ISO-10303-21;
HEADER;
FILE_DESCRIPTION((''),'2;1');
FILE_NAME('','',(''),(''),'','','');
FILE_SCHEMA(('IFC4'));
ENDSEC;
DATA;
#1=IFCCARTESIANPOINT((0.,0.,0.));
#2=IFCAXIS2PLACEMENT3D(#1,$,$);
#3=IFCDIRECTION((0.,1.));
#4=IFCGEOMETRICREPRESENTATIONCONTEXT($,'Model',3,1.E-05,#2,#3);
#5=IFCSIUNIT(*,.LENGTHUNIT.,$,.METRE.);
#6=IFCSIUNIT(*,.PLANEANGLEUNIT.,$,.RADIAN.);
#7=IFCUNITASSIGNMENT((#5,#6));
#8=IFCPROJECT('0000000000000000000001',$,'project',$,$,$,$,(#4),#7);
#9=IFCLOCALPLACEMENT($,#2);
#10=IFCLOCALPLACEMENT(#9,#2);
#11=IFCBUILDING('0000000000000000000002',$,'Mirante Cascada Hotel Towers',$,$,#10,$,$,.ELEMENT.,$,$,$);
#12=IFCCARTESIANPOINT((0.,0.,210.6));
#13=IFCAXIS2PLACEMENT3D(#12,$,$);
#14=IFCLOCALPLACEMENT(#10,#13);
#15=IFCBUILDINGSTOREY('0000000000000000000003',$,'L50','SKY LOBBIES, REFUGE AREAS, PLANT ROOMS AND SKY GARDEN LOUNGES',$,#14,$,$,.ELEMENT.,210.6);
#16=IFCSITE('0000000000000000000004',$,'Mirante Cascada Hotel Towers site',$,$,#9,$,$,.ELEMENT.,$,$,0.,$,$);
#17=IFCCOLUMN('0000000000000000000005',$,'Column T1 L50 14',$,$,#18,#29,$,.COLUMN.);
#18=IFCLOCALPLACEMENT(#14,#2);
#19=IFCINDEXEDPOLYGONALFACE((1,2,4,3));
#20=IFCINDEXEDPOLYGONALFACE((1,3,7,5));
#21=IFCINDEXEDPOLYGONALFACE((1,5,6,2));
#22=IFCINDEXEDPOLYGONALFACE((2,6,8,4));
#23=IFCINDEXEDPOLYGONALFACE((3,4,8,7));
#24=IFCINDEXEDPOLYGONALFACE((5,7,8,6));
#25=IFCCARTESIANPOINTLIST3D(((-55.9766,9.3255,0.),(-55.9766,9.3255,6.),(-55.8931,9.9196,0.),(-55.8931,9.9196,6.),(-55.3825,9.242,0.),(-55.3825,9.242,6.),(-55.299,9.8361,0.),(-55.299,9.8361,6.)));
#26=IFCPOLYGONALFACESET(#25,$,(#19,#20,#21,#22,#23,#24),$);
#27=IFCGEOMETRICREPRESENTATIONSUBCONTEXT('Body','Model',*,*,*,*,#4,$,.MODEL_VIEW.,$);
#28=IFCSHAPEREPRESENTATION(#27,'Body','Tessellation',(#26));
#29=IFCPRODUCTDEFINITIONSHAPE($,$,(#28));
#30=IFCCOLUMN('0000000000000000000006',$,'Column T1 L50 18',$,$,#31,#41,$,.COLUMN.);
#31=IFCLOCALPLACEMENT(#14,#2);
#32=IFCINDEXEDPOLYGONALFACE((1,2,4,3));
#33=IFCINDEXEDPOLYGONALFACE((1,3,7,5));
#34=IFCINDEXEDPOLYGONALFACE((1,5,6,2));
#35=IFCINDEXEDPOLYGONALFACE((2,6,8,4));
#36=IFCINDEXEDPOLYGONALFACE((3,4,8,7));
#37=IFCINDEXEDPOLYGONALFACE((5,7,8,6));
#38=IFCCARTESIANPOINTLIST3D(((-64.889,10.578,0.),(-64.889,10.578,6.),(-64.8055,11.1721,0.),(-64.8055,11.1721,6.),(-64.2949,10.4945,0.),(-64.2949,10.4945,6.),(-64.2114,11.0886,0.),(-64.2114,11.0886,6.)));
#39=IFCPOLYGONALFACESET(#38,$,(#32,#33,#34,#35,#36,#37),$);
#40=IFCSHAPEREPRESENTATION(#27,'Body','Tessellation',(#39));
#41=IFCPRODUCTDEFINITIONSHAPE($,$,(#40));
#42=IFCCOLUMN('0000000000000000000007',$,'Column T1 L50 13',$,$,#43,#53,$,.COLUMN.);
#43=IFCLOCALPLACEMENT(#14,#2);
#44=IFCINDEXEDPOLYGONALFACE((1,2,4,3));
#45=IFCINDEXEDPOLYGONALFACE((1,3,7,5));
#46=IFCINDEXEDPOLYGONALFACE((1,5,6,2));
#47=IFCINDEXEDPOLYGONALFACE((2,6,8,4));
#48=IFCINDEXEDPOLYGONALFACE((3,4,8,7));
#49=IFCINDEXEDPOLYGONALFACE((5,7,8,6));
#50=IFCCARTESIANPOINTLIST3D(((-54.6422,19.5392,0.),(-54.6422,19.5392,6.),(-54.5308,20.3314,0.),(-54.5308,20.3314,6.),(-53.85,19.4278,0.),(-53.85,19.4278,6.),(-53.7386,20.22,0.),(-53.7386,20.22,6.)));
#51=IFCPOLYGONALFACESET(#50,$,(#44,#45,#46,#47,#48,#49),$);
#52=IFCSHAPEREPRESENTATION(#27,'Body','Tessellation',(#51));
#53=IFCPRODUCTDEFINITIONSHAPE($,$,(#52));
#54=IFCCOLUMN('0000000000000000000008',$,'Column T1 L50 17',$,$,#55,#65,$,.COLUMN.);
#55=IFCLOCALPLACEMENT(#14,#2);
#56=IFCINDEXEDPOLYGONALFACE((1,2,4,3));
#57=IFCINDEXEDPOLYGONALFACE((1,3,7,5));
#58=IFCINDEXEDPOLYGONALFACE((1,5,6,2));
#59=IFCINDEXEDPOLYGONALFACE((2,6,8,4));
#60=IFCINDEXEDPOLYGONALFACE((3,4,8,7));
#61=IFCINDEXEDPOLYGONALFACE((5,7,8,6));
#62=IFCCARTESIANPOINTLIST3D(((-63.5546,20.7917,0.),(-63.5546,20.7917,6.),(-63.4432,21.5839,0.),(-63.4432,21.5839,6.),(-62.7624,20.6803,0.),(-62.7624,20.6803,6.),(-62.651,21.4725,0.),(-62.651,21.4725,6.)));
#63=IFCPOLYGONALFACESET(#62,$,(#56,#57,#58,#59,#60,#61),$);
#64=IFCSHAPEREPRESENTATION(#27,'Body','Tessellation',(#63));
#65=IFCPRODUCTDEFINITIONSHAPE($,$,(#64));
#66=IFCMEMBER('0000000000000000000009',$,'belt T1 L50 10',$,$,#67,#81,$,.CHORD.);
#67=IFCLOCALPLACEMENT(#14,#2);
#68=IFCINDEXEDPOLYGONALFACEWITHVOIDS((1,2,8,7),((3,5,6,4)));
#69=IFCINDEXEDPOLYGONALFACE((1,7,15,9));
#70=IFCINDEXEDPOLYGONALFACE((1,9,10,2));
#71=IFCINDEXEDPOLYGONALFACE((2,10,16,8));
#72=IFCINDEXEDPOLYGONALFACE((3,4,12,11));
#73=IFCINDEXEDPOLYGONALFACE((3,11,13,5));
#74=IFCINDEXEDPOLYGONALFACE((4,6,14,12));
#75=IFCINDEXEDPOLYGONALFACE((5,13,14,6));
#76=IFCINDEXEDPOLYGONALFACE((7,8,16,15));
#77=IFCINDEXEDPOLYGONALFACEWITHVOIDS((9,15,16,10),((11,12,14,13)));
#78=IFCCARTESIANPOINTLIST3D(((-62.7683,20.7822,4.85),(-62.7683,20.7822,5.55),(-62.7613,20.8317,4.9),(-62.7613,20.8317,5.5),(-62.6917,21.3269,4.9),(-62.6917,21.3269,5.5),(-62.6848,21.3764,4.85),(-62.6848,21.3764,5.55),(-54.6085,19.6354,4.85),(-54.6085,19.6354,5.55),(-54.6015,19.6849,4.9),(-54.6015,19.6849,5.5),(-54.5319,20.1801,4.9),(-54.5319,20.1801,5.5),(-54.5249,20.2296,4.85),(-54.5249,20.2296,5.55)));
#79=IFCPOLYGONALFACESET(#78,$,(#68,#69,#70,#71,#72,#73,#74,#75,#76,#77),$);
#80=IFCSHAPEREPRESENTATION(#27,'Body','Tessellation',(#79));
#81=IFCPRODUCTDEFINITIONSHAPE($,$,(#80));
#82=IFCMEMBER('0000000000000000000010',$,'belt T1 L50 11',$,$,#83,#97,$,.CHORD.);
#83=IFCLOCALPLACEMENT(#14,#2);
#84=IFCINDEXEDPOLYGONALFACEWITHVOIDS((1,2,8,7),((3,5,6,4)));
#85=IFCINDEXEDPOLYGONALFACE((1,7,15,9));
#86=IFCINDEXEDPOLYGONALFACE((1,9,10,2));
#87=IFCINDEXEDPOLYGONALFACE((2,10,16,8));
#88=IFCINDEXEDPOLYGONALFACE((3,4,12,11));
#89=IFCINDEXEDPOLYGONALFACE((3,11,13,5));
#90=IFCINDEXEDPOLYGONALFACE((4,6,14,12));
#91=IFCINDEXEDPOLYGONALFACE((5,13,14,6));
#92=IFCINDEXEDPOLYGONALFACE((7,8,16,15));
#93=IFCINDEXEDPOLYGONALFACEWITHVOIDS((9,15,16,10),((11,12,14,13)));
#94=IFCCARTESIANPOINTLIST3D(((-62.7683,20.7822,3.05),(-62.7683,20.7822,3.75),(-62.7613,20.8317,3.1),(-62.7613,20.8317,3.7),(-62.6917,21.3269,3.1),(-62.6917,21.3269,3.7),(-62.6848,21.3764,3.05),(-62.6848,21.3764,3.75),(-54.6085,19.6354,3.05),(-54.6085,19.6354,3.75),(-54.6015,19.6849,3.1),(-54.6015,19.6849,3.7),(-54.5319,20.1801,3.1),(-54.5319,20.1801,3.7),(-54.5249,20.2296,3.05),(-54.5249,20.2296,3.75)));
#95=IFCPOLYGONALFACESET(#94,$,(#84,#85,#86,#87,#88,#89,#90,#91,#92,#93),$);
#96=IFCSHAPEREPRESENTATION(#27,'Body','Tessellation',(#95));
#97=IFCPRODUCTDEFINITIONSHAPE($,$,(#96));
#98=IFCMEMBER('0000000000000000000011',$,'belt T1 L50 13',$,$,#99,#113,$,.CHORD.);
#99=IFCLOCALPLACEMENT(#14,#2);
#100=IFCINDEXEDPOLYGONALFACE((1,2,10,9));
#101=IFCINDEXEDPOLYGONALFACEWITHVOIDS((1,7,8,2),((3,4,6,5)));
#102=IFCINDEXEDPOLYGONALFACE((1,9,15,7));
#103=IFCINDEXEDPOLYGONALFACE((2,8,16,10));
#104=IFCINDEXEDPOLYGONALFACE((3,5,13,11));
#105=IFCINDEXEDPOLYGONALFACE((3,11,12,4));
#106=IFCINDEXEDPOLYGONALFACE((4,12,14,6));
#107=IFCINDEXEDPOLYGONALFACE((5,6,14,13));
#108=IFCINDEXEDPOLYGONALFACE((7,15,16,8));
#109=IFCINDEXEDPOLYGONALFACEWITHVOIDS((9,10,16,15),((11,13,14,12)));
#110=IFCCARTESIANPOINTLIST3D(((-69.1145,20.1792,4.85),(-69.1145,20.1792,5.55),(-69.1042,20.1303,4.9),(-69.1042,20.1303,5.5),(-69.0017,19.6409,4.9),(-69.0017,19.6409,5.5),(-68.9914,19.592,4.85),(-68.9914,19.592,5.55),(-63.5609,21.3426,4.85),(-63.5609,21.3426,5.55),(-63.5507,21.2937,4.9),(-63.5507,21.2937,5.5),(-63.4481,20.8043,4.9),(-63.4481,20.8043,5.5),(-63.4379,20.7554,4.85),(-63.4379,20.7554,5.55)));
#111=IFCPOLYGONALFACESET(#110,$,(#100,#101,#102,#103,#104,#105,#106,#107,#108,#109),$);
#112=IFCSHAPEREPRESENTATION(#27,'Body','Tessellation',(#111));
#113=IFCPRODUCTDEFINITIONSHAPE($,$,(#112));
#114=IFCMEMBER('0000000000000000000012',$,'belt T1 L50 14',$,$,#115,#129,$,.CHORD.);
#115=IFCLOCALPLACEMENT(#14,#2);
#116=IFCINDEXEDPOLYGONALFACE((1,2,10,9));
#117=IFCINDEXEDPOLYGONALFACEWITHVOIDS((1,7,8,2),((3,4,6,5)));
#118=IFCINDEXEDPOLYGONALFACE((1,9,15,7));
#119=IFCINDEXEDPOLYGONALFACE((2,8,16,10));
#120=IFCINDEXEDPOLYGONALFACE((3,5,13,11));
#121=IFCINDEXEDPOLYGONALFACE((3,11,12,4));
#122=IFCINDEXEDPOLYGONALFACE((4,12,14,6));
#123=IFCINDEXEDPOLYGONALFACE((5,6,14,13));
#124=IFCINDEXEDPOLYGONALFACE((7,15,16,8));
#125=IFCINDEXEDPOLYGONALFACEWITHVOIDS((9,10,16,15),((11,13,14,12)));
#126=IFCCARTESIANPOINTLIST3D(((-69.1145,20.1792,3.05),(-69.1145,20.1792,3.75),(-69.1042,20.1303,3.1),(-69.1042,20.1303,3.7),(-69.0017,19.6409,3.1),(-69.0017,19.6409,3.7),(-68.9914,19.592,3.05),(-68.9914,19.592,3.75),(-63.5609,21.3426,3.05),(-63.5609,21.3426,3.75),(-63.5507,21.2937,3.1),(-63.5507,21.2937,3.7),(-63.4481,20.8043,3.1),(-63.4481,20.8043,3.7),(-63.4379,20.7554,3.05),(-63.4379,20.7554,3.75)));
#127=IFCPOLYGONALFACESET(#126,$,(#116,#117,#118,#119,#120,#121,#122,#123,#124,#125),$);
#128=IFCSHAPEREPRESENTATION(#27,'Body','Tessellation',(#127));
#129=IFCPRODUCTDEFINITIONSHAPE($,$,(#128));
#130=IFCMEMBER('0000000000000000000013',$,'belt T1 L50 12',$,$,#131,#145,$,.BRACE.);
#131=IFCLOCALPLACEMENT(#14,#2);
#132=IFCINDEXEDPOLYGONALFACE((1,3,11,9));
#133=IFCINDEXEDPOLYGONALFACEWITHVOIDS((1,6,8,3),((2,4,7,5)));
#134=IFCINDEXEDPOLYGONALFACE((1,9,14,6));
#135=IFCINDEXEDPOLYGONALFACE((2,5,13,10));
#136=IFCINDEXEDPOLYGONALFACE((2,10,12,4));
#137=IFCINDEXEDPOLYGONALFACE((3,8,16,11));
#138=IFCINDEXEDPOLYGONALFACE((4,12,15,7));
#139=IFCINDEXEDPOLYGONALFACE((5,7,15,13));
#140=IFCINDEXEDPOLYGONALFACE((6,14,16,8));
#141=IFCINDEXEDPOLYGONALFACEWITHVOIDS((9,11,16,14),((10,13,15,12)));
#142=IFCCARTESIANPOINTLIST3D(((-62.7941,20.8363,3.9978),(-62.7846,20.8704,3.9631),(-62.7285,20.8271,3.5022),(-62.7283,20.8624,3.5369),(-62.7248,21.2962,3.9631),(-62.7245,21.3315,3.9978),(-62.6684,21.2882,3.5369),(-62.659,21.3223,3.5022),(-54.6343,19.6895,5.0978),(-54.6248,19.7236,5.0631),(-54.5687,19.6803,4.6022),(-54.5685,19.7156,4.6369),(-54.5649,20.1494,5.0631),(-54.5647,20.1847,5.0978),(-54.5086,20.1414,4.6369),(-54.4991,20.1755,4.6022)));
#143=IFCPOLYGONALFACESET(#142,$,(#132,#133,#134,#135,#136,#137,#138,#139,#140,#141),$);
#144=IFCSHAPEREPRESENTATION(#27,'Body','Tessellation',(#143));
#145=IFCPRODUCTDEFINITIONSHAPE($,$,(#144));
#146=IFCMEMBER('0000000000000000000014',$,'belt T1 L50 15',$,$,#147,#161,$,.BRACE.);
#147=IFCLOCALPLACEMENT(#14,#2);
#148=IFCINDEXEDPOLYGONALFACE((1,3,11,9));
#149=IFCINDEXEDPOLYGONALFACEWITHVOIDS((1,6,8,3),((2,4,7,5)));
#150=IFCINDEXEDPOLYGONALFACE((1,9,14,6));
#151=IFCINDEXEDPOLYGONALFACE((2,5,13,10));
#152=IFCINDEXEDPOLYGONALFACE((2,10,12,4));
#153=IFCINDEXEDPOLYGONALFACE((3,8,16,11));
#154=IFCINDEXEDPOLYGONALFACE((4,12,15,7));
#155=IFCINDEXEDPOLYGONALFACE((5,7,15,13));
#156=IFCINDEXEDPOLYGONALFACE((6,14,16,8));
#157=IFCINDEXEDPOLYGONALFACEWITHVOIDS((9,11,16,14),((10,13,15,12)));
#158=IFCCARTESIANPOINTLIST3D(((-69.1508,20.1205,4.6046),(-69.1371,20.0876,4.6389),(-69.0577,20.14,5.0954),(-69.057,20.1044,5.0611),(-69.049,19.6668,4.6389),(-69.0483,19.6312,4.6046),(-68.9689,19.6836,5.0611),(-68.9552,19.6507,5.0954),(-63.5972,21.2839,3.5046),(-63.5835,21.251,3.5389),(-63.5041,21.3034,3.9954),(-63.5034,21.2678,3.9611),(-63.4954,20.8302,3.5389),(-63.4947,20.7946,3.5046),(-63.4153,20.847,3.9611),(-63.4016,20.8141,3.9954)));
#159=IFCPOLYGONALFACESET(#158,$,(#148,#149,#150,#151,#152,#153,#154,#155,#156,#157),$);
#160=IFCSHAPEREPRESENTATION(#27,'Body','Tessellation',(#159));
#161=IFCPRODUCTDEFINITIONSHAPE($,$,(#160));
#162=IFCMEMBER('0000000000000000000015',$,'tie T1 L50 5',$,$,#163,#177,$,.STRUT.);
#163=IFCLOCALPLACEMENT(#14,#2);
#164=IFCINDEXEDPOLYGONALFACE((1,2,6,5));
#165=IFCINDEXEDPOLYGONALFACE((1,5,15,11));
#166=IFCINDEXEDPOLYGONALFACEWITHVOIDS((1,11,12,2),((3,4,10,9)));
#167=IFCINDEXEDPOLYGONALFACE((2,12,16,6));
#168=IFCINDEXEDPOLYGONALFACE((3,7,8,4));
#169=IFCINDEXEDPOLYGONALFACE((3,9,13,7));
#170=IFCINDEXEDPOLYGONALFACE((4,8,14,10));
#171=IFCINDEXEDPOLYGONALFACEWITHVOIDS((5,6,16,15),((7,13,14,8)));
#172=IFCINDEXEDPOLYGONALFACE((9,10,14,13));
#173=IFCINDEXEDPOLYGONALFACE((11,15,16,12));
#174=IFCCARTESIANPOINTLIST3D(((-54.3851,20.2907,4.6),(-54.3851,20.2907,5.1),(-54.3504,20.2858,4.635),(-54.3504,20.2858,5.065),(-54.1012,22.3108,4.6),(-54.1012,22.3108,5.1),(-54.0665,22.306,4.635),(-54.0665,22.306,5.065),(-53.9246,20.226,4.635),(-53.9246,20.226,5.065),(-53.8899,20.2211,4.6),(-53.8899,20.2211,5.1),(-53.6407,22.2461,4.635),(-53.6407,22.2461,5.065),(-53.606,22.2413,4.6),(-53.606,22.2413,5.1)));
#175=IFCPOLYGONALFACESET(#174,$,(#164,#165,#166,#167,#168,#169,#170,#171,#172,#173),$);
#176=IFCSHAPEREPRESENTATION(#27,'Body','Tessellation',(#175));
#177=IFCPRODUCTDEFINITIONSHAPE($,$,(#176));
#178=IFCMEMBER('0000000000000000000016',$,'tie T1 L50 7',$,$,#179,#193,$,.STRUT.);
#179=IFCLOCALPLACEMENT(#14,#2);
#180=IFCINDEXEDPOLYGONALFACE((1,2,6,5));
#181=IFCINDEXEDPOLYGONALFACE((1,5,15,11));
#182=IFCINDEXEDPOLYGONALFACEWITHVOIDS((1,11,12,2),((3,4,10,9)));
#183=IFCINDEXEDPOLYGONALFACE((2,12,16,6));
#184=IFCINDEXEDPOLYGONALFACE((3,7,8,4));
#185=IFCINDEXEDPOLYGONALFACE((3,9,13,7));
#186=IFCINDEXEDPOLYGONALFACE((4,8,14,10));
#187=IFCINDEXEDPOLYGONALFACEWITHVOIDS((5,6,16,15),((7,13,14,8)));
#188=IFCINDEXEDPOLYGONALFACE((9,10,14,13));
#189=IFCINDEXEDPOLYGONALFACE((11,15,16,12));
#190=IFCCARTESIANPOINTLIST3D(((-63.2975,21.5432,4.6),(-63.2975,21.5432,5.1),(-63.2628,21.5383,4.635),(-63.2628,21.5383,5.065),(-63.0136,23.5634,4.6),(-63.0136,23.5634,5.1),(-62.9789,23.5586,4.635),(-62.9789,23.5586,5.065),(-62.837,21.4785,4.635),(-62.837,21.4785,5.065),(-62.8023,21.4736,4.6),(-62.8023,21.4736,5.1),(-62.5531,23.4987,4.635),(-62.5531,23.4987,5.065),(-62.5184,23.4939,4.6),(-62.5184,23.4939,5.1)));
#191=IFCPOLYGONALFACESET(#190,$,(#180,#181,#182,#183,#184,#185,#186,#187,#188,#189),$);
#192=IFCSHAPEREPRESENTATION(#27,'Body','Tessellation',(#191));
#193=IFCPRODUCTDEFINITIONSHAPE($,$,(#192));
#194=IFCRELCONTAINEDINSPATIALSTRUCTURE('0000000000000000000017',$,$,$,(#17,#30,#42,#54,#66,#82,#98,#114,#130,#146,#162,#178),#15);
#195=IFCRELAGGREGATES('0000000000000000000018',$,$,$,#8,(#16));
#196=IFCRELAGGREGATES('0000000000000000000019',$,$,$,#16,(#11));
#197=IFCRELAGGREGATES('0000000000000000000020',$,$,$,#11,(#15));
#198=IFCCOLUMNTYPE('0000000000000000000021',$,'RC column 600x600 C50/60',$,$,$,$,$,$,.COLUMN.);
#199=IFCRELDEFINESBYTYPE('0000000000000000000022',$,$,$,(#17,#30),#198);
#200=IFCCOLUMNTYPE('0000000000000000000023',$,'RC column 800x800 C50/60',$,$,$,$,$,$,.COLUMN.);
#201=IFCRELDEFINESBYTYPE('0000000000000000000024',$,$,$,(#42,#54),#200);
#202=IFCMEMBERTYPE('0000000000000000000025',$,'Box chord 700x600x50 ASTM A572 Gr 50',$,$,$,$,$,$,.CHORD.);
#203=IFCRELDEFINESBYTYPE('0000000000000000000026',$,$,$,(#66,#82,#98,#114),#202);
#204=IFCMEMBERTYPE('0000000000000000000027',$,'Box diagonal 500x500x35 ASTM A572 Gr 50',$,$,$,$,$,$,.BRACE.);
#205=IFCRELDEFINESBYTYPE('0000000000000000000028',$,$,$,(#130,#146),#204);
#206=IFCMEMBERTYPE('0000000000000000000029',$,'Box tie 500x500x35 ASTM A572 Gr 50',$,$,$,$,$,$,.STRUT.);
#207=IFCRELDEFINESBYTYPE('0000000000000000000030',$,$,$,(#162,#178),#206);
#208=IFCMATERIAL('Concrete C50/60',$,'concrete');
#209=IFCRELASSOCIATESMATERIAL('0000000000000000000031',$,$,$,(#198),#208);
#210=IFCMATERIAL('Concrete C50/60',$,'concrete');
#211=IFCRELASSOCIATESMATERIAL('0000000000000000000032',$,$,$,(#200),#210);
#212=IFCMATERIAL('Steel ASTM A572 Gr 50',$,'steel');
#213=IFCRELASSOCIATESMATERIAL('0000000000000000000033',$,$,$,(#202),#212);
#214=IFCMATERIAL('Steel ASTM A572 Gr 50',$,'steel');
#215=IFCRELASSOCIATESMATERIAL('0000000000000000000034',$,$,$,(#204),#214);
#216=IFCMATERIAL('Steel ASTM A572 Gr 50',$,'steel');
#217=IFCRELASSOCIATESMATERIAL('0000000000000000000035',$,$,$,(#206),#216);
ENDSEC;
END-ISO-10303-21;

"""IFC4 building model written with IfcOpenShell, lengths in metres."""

from ifc_helpers import new_model, si_unit, direction, frame, origin, origin_2d, place, context, subcontext, project, spatial, rectangle, hollow_rectangle, extrude, material, material_profile, profile_set, type_object, element, save


model = new_model("IFC4")

# Units and contexts
model_context = context("Model", 3, precision=1e-05, world=origin(), true_north=direction((0.0, 1.0)))
body_context = subcontext(model_context, "Body", "Model", "MODEL_VIEW")
ifc_project = project(units=[si_unit("LENGTHUNIT", "METRE"), si_unit("PLANEANGLEUNIT", "RADIAN")], contexts=[model_context])

# Site, building, storey
site_placement = place(None, origin())
site = spatial("IfcSite", under=ifc_project, at=site_placement, Name="Mirante Cascada Hotel Towers site", CompositionType="ELEMENT", RefElevation=0.0)
building_placement = place(site_placement, origin())
building = spatial("IfcBuilding", under=site, at=building_placement, Name="Mirante Cascada Hotel Towers", CompositionType="ELEMENT")
storey_placement = place(building_placement, frame((0.0, 0.0, 210.6)))
storey = spatial("IfcBuildingStorey", under=building, at=storey_placement, Name="L50", Description="SKY LOBBIES, REFUGE AREAS, PLANT ROOMS AND SKY GARDEN LOUNGES", CompositionType="ELEMENT", Elevation=210.6)

# Columns
ifc_material_1 = material(Name="Concrete C50/60", Category="concrete")
ifc_material_profile_1 = material_profile(ifc_material_1, rectangle(XDim=0.6, YDim=0.6, at=origin_2d()), Name="RC column 600x600 C50/60")
ifc_profile_set_1 = profile_set([ifc_material_profile_1], Name="Concrete C50/60")
column_type_1 = type_object("IfcColumnType", Name="RC column 600x600 C50/60", PredefinedType="COLUMN", material=ifc_profile_set_1)
for number, where, z_axis, x_axis, name in (
    (1, (-55.6378, 9.5808, 0.0), (0.0, 0.0, 1.0), (-0.990268, 0.139173, 0.0), "Column T1 L50 14"),
    (2, (-64.5502, 10.8333, 0.0), (0.0, 0.0, 1.0), (-0.990268, 0.139173, 0.0), "Column T1 L50 18"),
):
    element("IfcColumn", number, at=place(storey_placement, frame(where, z_axis=z_axis, x_axis=x_axis)), inside=storey, type_object=column_type_1, Name=name, PredefinedType="COLUMN", context=body_context, shape_type="SweptSolid", body=[
        extrude(rectangle(XDim=0.6, YDim=0.6, at=origin_2d()), origin(), (0.0, 0.0, 1.0), 6.0),
    ])
ifc_material_2 = material(Name="Concrete C50/60", Category="concrete")
ifc_material_profile_2 = material_profile(ifc_material_2, rectangle(XDim=0.8, YDim=0.8, at=origin_2d()), Name="RC column 800x800 C50/60")
ifc_profile_set_2 = profile_set([ifc_material_profile_2], Name="Concrete C50/60")
column_type_2 = type_object("IfcColumnType", Name="RC column 800x800 C50/60", PredefinedType="COLUMN", material=ifc_profile_set_2)
for number, where, z_axis, x_axis, name in (
    (3, (-54.1904, 19.8796, 0.0), (0.0, 0.0, 1.0), (-0.990268, 0.139173, 0.0), "Column T1 L50 13"),
    (4, (-63.1028, 21.1321, 0.0), (0.0, 0.0, 1.0), (-0.990268, 0.139173, 0.0), "Column T1 L50 17"),
):
    element("IfcColumn", number, at=place(storey_placement, frame(where, z_axis=z_axis, x_axis=x_axis)), inside=storey, type_object=column_type_2, Name=name, PredefinedType="COLUMN", context=body_context, shape_type="SweptSolid", body=[
        extrude(rectangle(XDim=0.8, YDim=0.8, at=origin_2d()), origin(), (0.0, 0.0, 1.0), 6.0),
    ])

# Members
ifc_material_3 = material(Name="Steel ASTM A572 Gr 50", Category="steel")
ifc_material_profile_3 = material_profile(ifc_material_3, hollow_rectangle(XDim=0.6, YDim=0.7, WallThickness=0.05, at=origin_2d()), Name="Box chord 700x600x50 ASTM A572 Gr 50")
ifc_profile_set_3 = profile_set([ifc_material_profile_3], Name="Steel ASTM A572 Gr 50")
member_type_1 = type_object("IfcMemberType", Name="Box chord 700x600x50 ASTM A572 Gr 50", PredefinedType="CHORD", material=ifc_profile_set_3)
for number, where, z_axis, x_axis, name in (
    (5, (-54.5667, 19.9325, 5.2), (-0.990268, 0.139175, 0.0), (-0.139175, -0.990268, 0.0), "belt T1 L50 10"),
    (6, (-54.5667, 19.9325, 3.4), (-0.990268, 0.139175, 0.0), (-0.139175, -0.990268, 0.0), "belt T1 L50 11"),
):
    element("IfcMember", number, at=place(storey_placement, frame(where, z_axis=z_axis, x_axis=x_axis)), inside=storey, type_object=member_type_1, Name=name, PredefinedType="CHORD", context=body_context, shape_type="SweptSolid", body=[
        extrude(hollow_rectangle(XDim=0.6, YDim=0.7, WallThickness=0.05, at=origin_2d()), origin(), (0.0, 0.0, 1.0), 8.24),
    ])
for number, where, z_axis, x_axis, name in (
    (7, (-63.4994, 21.049, 5.2), (-0.978755, -0.205035, 0.0), (0.205035, -0.978755, 0.0), "belt T1 L50 13"),
    (8, (-63.4994, 21.049, 3.4), (-0.978755, -0.205035, 0.0), (0.205035, -0.978755, 0.0), "belt T1 L50 14"),
):
    element("IfcMember", number, at=place(storey_placement, frame(where, z_axis=z_axis, x_axis=x_axis)), inside=storey, type_object=member_type_1, Name=name, PredefinedType="CHORD", context=body_context, shape_type="SweptSolid", body=[
        extrude(hollow_rectangle(XDim=0.6, YDim=0.7, WallThickness=0.05, at=origin_2d()), origin(), (0.0, 0.0, 1.0), 5.6741),
    ])
ifc_material_4 = material(Name="Steel ASTM A572 Gr 50", Category="steel")
ifc_material_profile_4 = material_profile(ifc_material_4, hollow_rectangle(XDim=0.5, YDim=0.5, WallThickness=0.035, at=origin_2d()), Name="Box diagonal 500x500x35 ASTM A572 Gr 50")
ifc_profile_set_4 = profile_set([ifc_material_profile_4], Name="Steel ASTM A572 Gr 50")
member_type_2 = type_object("IfcMemberType", Name="Box diagonal 500x500x35 ASTM A572 Gr 50", PredefinedType="BRACE", material=ifc_profile_set_4)
member_1_placement = place(storey_placement, frame((-54.5667, 19.9325, 4.85), z_axis=(-0.98156, 0.137951, -0.132321), x_axis=(-0.139175, -0.990268, 0.0)))
element("IfcMember", 9, at=member_1_placement, inside=storey, type_object=member_type_2, Name="belt T1 L50 12", PredefinedType="BRACE", context=body_context, shape_type="SweptSolid", body=[
    extrude(hollow_rectangle(XDim=0.5, YDim=0.5, WallThickness=0.035, at=origin_2d()), origin(), (0.0, 0.0, 1.0), 8.3131),
])
member_2_placement = place(storey_placement, frame((-63.4994, 21.049, 3.75), z_axis=(-0.960865, -0.201288, 0.190318), x_axis=(0.205035, -0.978755, 0.0)))
element("IfcMember", 10, at=member_2_placement, inside=storey, type_object=member_type_2, Name="belt T1 L50 15", PredefinedType="BRACE", context=body_context, shape_type="SweptSolid", body=[
    extrude(hollow_rectangle(XDim=0.5, YDim=0.5, WallThickness=0.035, at=origin_2d()), origin(), (0.0, 0.0, 1.0), 5.7798),
])
ifc_material_5 = material(Name="Steel ASTM A572 Gr 50", Category="steel")
ifc_material_profile_5 = material_profile(ifc_material_5, hollow_rectangle(XDim=0.5, YDim=0.5, WallThickness=0.035, at=origin_2d()), Name="Box tie 500x500x35 ASTM A572 Gr 50")
ifc_profile_set_5 = profile_set([ifc_material_profile_5], Name="Steel ASTM A572 Gr 50")
member_type_3 = type_object("IfcMemberType", Name="Box tie 500x500x35 ASTM A572 Gr 50", PredefinedType="STRUT", material=ifc_profile_set_5)
member_3_placement = place(storey_placement, frame((-54.1375, 20.2559, 4.85), z_axis=(0.13917, 0.990268, 0.0), x_axis=(-0.990268, 0.13917, 0.0)))
element("IfcMember", 11, at=member_3_placement, inside=storey, type_object=member_type_3, Name="tie T1 L50 5", PredefinedType="STRUT", context=body_context, shape_type="SweptSolid", body=[
    extrude(hollow_rectangle(XDim=0.5, YDim=0.5, WallThickness=0.035, at=origin_2d()), origin(), (0.0, 0.0, 1.0), 2.04),
])
member_4_placement = place(storey_placement, frame((-63.0499, 21.5084, 4.85), z_axis=(0.139163, 0.99027, 0.0), x_axis=(-0.99027, 0.139163, 0.0)))
element("IfcMember", 12, at=member_4_placement, inside=storey, type_object=member_type_3, Name="tie T1 L50 7", PredefinedType="STRUT", context=body_context, shape_type="SweptSolid", body=[
    extrude(hollow_rectangle(XDim=0.5, YDim=0.5, WallThickness=0.035, at=origin_2d()), origin(), (0.0, 0.0, 1.0), 2.0401),
])

save(model, "model.ifc")
